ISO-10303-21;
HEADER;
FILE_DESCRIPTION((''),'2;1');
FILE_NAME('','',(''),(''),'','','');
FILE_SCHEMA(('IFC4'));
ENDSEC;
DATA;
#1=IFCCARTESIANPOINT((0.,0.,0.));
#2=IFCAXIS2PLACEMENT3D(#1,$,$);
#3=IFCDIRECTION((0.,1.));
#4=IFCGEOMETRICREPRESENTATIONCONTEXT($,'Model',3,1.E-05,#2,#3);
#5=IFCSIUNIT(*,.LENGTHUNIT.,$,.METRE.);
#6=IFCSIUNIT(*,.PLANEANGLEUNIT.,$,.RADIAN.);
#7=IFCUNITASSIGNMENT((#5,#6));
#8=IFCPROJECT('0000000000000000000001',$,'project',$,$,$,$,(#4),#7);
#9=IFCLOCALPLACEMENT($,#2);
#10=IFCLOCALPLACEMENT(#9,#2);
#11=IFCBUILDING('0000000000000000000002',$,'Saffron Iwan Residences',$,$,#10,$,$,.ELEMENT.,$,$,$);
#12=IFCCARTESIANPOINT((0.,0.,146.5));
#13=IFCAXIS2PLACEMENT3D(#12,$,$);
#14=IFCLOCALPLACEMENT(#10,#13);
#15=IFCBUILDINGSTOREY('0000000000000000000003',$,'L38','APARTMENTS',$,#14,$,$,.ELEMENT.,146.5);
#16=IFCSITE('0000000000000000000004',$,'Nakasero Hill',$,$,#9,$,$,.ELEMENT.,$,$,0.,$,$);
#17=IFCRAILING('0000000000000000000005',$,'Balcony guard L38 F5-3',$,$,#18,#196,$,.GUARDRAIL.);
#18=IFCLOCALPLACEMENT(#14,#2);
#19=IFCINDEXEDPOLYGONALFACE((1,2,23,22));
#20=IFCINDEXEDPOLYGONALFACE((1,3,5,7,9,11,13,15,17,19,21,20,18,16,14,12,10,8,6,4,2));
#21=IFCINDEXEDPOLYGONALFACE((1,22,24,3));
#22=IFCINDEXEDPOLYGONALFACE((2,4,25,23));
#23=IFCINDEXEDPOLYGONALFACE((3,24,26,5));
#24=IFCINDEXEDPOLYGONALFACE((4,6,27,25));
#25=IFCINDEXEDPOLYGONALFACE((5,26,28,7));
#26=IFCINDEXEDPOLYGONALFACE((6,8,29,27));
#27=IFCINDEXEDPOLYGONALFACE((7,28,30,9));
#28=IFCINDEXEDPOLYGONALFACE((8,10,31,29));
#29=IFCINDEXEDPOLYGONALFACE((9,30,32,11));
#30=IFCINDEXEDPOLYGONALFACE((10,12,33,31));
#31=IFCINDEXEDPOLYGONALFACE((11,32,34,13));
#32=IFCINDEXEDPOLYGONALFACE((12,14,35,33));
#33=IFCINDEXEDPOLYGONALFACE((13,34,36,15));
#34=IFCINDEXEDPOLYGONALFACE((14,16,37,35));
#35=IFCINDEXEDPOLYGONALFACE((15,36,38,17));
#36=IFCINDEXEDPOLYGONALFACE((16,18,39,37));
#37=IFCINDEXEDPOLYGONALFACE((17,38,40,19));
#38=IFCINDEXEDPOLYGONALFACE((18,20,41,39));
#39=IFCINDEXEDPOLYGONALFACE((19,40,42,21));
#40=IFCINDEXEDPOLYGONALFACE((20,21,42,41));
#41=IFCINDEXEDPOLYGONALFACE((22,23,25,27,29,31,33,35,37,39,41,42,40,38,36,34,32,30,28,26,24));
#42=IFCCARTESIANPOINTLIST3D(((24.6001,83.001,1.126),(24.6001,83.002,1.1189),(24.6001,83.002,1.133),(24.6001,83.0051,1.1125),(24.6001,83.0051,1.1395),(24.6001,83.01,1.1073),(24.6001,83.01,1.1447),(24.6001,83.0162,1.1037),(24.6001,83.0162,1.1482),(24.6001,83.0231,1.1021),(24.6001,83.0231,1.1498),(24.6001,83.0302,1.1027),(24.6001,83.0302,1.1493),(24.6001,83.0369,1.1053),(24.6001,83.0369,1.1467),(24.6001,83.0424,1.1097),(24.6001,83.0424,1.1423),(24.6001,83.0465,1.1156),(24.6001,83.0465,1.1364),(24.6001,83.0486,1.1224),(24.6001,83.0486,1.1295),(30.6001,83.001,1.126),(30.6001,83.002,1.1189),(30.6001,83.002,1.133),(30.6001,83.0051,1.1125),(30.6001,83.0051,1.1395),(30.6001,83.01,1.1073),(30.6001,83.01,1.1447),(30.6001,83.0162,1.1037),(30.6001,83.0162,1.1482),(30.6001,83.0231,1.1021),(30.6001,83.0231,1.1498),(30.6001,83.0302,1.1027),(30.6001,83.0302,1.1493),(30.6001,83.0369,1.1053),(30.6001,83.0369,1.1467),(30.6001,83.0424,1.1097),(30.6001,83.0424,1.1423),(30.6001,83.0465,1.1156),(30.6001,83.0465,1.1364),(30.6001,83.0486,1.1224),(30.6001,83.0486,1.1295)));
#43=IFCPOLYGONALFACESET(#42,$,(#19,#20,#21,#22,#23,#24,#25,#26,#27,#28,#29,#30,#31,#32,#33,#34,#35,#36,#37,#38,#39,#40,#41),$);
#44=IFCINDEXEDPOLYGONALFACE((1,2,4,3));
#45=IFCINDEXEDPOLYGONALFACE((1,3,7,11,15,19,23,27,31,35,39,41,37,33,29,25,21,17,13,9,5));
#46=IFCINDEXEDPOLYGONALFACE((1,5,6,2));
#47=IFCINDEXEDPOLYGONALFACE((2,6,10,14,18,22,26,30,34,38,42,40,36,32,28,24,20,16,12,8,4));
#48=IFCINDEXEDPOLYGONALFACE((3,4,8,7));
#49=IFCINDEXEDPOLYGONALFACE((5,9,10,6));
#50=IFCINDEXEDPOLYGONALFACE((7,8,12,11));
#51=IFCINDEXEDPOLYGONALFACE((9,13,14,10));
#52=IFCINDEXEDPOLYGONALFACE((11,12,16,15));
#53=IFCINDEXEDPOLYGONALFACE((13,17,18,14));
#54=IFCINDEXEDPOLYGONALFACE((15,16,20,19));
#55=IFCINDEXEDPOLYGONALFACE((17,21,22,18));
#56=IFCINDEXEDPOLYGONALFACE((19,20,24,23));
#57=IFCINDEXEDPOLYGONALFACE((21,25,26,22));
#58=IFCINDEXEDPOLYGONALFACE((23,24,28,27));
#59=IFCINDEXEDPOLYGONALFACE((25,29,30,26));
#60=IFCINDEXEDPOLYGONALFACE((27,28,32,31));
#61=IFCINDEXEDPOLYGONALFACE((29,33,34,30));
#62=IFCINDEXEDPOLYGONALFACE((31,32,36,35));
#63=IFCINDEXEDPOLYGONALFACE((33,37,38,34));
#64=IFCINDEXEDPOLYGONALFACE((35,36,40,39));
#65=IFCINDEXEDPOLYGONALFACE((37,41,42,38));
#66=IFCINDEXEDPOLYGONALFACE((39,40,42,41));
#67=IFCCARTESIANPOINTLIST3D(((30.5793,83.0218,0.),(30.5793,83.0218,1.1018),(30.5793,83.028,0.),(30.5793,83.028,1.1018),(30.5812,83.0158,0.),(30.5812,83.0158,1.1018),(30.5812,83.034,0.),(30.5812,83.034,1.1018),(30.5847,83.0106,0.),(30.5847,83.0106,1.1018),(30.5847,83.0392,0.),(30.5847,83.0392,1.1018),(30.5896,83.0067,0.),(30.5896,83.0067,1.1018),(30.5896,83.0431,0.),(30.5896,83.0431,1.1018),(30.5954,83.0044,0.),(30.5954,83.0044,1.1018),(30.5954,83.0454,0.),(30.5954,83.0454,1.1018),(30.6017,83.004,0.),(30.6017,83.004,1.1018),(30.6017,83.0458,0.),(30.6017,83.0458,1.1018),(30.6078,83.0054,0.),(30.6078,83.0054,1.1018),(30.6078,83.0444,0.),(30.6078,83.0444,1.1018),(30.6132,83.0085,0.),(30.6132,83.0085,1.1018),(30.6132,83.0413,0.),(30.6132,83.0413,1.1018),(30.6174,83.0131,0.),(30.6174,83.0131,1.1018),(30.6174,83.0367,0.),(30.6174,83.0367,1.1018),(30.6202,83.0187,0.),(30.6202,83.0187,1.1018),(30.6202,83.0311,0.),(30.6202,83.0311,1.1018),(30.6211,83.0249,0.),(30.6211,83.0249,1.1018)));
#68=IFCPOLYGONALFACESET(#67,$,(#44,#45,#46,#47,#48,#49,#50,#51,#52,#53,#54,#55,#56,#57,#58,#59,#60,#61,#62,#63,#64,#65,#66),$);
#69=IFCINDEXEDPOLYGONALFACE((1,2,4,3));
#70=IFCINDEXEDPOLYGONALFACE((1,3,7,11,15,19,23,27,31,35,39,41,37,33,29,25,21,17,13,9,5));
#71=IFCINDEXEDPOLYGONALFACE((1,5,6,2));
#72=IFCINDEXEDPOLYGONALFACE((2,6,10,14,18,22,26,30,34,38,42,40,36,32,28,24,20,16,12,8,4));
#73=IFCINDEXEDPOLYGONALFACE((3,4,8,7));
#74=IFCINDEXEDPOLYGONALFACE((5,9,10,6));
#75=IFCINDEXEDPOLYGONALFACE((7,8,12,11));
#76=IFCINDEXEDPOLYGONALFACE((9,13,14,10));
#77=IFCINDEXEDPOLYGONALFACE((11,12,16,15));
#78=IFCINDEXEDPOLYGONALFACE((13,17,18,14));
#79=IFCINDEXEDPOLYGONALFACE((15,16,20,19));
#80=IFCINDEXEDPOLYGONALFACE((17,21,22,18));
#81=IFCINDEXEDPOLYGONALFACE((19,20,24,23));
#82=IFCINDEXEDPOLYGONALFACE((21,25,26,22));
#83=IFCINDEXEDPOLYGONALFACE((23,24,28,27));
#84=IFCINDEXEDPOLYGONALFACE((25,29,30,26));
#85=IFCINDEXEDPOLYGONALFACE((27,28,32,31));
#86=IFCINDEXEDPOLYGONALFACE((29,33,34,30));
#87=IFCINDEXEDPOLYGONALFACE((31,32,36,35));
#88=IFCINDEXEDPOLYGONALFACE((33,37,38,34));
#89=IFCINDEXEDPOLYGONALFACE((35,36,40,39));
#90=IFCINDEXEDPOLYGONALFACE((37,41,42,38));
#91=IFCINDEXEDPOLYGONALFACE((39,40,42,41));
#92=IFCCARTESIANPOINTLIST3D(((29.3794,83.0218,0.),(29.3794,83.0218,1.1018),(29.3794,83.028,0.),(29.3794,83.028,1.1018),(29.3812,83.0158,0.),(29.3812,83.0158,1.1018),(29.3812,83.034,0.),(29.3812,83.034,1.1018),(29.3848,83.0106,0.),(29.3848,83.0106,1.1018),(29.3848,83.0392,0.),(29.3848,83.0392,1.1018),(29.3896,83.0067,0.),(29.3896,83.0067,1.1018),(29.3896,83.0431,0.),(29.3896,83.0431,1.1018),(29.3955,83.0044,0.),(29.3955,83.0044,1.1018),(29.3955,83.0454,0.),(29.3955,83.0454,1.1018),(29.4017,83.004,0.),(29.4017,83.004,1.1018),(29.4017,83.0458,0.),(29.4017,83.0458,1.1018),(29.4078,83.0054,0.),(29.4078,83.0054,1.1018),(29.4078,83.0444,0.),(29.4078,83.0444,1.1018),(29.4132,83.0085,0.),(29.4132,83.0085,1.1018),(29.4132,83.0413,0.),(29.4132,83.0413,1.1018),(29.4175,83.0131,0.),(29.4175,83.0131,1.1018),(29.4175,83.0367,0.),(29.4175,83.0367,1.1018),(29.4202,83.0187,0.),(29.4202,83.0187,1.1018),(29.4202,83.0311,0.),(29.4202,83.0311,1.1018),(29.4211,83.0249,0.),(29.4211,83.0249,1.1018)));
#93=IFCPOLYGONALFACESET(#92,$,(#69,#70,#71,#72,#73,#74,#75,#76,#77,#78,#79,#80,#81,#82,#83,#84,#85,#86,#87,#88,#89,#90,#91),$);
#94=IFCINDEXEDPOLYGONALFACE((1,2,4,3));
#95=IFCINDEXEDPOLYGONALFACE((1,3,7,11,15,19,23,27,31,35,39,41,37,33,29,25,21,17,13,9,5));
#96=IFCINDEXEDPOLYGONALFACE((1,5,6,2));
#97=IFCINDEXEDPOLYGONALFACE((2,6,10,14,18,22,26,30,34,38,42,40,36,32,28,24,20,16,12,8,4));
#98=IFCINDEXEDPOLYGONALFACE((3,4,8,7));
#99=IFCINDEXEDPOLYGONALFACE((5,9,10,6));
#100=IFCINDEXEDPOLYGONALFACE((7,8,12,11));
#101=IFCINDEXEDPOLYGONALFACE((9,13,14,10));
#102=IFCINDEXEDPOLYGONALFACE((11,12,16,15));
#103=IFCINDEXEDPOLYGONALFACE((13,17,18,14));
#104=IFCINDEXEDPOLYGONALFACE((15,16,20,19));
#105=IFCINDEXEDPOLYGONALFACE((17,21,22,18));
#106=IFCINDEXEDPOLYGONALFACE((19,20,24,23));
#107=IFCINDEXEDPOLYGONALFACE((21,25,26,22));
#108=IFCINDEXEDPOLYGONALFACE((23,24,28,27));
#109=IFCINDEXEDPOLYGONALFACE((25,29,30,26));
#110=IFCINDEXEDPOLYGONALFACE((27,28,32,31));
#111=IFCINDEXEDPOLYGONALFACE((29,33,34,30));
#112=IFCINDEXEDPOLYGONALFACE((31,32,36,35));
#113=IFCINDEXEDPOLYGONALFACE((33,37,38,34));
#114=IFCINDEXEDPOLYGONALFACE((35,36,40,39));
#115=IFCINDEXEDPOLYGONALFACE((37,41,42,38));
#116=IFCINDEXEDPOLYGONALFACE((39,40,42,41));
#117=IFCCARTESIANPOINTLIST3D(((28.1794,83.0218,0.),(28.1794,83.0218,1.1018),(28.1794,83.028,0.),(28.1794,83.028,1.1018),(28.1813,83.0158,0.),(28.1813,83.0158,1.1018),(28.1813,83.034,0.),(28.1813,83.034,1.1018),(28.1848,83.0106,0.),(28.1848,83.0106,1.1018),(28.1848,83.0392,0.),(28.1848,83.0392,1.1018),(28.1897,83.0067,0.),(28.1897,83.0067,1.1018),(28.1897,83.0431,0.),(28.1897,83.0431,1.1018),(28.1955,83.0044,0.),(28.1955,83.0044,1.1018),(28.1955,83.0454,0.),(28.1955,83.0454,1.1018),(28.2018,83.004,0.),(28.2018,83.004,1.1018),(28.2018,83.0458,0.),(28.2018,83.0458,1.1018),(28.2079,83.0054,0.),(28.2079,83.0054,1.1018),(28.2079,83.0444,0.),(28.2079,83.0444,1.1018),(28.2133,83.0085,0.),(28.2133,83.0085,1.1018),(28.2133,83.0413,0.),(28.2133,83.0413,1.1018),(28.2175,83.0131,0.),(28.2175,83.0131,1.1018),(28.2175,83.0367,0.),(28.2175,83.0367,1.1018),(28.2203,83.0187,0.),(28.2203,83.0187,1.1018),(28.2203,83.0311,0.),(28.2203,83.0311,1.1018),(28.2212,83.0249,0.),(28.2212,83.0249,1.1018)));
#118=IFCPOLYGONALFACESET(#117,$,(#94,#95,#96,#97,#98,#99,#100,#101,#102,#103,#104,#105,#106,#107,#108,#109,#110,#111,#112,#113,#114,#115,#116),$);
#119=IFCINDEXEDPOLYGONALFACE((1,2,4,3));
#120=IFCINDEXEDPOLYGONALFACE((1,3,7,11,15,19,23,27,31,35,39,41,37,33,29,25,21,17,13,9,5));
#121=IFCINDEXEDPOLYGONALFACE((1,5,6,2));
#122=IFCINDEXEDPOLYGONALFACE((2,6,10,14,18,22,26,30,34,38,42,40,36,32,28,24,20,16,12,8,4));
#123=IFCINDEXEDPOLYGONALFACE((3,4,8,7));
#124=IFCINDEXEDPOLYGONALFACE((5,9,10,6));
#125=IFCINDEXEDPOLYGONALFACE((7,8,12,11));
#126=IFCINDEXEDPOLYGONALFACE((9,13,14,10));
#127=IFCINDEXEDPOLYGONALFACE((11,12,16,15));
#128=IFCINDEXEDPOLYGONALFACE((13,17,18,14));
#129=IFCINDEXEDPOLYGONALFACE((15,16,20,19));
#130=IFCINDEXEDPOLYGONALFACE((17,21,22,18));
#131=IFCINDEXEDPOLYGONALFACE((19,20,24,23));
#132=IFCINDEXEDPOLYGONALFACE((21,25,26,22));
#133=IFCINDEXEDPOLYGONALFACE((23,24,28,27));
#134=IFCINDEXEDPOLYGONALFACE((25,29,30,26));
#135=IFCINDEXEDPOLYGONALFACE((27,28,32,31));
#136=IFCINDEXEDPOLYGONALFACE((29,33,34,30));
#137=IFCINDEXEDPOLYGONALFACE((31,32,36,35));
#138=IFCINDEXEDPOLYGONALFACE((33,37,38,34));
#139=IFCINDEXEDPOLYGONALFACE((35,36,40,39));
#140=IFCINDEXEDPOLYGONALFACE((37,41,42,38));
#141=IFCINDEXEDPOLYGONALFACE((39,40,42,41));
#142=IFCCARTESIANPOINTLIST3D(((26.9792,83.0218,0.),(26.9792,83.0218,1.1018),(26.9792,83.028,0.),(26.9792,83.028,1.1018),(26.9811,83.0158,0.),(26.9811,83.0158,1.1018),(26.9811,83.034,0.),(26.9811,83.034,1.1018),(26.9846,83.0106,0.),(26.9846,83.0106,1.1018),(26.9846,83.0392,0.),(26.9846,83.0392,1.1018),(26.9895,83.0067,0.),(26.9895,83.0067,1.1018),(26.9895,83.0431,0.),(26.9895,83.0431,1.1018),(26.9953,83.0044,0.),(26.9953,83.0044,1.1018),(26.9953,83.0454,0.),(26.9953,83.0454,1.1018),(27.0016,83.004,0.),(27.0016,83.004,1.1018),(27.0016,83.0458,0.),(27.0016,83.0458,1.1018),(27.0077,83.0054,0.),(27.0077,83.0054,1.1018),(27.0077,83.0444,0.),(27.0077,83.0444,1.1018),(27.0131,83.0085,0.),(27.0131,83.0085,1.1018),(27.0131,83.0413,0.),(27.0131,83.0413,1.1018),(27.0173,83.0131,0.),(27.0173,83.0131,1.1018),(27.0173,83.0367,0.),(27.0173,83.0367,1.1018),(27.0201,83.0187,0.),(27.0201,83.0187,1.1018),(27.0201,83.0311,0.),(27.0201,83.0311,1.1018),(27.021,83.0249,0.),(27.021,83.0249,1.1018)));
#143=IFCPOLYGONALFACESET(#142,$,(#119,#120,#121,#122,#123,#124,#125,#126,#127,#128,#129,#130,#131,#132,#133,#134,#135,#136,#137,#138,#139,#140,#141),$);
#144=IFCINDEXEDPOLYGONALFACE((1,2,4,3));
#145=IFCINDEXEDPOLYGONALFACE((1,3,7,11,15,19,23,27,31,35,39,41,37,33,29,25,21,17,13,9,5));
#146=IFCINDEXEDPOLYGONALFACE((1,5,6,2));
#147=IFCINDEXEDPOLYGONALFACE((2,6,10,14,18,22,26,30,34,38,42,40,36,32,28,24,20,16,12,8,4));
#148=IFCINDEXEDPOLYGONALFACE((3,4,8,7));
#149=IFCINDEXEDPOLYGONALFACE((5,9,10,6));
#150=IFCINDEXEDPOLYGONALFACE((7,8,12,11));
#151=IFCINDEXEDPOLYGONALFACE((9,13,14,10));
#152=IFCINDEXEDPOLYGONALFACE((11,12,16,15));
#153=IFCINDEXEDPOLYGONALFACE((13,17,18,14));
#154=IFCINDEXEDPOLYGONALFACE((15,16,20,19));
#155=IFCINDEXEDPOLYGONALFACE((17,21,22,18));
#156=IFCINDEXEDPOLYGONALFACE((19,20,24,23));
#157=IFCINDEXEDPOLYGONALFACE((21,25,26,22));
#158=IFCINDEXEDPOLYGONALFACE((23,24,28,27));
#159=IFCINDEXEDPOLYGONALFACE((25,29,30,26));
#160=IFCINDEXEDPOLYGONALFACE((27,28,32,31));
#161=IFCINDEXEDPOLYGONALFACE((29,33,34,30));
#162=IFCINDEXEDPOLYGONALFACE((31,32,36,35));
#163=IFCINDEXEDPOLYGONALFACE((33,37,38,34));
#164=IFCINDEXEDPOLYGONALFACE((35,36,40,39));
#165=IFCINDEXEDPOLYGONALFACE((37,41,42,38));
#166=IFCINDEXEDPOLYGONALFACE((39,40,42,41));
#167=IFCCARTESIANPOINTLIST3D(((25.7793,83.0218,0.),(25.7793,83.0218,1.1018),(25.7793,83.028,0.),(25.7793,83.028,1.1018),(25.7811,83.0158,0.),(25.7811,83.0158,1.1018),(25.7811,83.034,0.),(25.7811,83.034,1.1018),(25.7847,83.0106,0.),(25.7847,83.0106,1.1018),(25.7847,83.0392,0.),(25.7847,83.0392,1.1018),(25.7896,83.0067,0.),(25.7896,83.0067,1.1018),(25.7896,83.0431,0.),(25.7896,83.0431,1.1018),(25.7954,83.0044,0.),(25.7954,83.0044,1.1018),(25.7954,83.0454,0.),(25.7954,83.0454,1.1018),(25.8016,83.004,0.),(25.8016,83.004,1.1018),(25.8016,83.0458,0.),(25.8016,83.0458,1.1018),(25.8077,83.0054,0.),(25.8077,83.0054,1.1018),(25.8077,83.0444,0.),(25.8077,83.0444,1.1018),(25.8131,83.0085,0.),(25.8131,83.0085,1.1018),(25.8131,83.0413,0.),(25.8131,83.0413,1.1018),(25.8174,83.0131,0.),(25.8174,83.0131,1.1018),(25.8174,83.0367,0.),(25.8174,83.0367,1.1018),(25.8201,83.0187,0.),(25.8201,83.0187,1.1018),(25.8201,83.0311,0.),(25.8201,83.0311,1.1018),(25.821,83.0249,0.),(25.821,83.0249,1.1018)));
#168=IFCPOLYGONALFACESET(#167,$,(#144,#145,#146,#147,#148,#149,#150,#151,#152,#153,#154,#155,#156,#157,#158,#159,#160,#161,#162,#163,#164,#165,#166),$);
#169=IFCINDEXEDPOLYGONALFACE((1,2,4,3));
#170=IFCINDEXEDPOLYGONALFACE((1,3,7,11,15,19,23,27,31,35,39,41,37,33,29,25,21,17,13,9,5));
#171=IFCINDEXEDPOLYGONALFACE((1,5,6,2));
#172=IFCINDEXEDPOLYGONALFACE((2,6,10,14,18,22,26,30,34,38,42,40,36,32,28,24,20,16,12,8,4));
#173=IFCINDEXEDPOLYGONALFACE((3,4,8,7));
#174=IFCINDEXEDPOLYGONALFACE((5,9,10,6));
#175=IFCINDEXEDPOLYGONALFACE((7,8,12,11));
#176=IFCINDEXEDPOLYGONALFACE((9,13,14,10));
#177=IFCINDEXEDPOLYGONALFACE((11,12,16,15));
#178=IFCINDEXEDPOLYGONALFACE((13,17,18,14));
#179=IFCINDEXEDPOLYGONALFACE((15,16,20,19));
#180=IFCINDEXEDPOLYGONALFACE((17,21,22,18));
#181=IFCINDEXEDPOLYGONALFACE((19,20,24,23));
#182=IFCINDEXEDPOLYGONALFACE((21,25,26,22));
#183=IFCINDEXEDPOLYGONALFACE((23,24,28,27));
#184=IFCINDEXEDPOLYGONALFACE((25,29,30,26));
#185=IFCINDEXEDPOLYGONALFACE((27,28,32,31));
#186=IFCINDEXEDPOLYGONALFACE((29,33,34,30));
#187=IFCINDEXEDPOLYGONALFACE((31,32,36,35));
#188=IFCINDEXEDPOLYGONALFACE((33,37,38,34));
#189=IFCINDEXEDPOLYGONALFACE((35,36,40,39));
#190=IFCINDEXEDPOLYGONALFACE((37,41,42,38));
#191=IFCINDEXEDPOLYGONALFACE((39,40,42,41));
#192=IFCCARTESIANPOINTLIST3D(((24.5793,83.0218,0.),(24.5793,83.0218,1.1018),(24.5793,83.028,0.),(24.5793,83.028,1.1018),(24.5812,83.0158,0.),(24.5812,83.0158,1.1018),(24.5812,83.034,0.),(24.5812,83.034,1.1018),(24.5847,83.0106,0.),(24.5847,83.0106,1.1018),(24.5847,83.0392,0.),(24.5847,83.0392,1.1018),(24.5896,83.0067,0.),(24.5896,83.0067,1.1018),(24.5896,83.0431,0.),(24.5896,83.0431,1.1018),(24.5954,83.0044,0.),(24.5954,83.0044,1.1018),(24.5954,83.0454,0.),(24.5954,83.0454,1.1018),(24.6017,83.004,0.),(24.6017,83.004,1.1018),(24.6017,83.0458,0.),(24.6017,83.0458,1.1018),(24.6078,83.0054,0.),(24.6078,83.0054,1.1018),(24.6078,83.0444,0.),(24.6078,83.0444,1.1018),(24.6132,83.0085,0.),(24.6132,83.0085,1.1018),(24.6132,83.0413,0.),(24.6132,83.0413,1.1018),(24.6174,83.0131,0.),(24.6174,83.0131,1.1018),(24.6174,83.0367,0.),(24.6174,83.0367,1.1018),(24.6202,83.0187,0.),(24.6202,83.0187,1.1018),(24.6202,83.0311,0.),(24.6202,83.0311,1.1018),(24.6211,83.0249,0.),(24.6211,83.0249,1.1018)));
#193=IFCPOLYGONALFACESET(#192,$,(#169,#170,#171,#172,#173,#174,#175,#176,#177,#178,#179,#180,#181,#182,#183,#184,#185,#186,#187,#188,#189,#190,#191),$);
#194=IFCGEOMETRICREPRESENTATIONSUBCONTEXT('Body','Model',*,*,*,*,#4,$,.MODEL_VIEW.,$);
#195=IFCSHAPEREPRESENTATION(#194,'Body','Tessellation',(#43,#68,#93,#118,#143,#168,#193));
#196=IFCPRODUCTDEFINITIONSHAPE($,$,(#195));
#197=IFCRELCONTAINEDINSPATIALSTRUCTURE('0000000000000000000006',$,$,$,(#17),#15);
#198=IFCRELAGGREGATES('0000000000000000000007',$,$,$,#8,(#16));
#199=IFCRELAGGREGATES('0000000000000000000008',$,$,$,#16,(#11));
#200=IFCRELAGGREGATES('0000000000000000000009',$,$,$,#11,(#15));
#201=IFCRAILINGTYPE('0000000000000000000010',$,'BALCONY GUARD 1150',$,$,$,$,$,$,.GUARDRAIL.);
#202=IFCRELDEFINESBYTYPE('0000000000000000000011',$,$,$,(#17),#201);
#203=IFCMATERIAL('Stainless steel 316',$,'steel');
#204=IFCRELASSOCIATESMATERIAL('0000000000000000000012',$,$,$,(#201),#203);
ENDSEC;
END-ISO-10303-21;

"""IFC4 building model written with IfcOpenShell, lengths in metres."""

from ifc_helpers import new_model, si_unit, direction, frame, origin, origin_2d, place, context, subcontext, project, spatial, circle, extrude, material, type_object, element, save


model = new_model("IFC4")

# Units and contexts
model_context = context("Model", 3, precision=1e-05, world=origin(), true_north=direction((0.0, 1.0)))
body_context = subcontext(model_context, "Body", "Model", "MODEL_VIEW")
ifc_project = project(units=[si_unit("LENGTHUNIT", "METRE"), si_unit("PLANEANGLEUNIT", "RADIAN")], contexts=[model_context])

# Site, building, storey
site_placement = place(None, origin())
site = spatial("IfcSite", under=ifc_project, at=site_placement, Name="Nakasero Hill", CompositionType="ELEMENT", RefElevation=0.0)
building_placement = place(site_placement, origin())
building = spatial("IfcBuilding", under=site, at=building_placement, Name="Saffron Iwan Residences", CompositionType="ELEMENT")
storey_placement = place(building_placement, frame((0.0, 0.0, 146.5)))
storey = spatial("IfcBuildingStorey", under=building, at=storey_placement, Name="L38", Description="APARTMENTS", CompositionType="ELEMENT", Elevation=146.5)

# Railing
ifc_material_1 = material(Name="Stainless steel 316", Category="steel")
railing_type = type_object("IfcRailingType", Name="BALCONY GUARD 1150", PredefinedType="GUARDRAIL", material=ifc_material_1)
railing_placement = place(storey_placement, frame((30.6001, 83.0249, 0.0)))
element("IfcRailing", 1, at=railing_placement, inside=storey, type_object=railing_type, Name="Balcony guard L38 F5-3", PredefinedType="GUARDRAIL", context=body_context, shape_type="SweptSolid", body=[
    extrude(circle(Radius=0.0239, at=origin_2d()), frame((0.0, 0.0, 1.126), z_axis=(-1.0, 0.0, 0.0), x_axis=(0.0, -1.0, 0.0)), (0.0, 0.0, 1.0), 6.0),
    extrude(circle(Radius=0.021, at=origin_2d()), origin(), (0.0, 0.0, 1.0), 1.1018),
    extrude(circle(Radius=0.021, at=origin_2d()), frame((-1.2, 0.0, 0.0)), (0.0, 0.0, 1.0), 1.1018),
    extrude(circle(Radius=0.021, at=origin_2d()), frame((-2.3999, 0.0, 0.0)), (0.0, 0.0, 1.0), 1.1018),
    extrude(circle(Radius=0.021, at=origin_2d()), frame((-3.6001, 0.0, 0.0)), (0.0, 0.0, 1.0), 1.1018),
    extrude(circle(Radius=0.021, at=origin_2d()), frame((-4.8, 0.0, 0.0)), (0.0, 0.0, 1.0), 1.1018),
    extrude(circle(Radius=0.021, at=origin_2d()), frame((-6.0, 0.0, 0.0)), (0.0, 0.0, 1.0), 1.1018),
])

save(model, "model.ifc")
